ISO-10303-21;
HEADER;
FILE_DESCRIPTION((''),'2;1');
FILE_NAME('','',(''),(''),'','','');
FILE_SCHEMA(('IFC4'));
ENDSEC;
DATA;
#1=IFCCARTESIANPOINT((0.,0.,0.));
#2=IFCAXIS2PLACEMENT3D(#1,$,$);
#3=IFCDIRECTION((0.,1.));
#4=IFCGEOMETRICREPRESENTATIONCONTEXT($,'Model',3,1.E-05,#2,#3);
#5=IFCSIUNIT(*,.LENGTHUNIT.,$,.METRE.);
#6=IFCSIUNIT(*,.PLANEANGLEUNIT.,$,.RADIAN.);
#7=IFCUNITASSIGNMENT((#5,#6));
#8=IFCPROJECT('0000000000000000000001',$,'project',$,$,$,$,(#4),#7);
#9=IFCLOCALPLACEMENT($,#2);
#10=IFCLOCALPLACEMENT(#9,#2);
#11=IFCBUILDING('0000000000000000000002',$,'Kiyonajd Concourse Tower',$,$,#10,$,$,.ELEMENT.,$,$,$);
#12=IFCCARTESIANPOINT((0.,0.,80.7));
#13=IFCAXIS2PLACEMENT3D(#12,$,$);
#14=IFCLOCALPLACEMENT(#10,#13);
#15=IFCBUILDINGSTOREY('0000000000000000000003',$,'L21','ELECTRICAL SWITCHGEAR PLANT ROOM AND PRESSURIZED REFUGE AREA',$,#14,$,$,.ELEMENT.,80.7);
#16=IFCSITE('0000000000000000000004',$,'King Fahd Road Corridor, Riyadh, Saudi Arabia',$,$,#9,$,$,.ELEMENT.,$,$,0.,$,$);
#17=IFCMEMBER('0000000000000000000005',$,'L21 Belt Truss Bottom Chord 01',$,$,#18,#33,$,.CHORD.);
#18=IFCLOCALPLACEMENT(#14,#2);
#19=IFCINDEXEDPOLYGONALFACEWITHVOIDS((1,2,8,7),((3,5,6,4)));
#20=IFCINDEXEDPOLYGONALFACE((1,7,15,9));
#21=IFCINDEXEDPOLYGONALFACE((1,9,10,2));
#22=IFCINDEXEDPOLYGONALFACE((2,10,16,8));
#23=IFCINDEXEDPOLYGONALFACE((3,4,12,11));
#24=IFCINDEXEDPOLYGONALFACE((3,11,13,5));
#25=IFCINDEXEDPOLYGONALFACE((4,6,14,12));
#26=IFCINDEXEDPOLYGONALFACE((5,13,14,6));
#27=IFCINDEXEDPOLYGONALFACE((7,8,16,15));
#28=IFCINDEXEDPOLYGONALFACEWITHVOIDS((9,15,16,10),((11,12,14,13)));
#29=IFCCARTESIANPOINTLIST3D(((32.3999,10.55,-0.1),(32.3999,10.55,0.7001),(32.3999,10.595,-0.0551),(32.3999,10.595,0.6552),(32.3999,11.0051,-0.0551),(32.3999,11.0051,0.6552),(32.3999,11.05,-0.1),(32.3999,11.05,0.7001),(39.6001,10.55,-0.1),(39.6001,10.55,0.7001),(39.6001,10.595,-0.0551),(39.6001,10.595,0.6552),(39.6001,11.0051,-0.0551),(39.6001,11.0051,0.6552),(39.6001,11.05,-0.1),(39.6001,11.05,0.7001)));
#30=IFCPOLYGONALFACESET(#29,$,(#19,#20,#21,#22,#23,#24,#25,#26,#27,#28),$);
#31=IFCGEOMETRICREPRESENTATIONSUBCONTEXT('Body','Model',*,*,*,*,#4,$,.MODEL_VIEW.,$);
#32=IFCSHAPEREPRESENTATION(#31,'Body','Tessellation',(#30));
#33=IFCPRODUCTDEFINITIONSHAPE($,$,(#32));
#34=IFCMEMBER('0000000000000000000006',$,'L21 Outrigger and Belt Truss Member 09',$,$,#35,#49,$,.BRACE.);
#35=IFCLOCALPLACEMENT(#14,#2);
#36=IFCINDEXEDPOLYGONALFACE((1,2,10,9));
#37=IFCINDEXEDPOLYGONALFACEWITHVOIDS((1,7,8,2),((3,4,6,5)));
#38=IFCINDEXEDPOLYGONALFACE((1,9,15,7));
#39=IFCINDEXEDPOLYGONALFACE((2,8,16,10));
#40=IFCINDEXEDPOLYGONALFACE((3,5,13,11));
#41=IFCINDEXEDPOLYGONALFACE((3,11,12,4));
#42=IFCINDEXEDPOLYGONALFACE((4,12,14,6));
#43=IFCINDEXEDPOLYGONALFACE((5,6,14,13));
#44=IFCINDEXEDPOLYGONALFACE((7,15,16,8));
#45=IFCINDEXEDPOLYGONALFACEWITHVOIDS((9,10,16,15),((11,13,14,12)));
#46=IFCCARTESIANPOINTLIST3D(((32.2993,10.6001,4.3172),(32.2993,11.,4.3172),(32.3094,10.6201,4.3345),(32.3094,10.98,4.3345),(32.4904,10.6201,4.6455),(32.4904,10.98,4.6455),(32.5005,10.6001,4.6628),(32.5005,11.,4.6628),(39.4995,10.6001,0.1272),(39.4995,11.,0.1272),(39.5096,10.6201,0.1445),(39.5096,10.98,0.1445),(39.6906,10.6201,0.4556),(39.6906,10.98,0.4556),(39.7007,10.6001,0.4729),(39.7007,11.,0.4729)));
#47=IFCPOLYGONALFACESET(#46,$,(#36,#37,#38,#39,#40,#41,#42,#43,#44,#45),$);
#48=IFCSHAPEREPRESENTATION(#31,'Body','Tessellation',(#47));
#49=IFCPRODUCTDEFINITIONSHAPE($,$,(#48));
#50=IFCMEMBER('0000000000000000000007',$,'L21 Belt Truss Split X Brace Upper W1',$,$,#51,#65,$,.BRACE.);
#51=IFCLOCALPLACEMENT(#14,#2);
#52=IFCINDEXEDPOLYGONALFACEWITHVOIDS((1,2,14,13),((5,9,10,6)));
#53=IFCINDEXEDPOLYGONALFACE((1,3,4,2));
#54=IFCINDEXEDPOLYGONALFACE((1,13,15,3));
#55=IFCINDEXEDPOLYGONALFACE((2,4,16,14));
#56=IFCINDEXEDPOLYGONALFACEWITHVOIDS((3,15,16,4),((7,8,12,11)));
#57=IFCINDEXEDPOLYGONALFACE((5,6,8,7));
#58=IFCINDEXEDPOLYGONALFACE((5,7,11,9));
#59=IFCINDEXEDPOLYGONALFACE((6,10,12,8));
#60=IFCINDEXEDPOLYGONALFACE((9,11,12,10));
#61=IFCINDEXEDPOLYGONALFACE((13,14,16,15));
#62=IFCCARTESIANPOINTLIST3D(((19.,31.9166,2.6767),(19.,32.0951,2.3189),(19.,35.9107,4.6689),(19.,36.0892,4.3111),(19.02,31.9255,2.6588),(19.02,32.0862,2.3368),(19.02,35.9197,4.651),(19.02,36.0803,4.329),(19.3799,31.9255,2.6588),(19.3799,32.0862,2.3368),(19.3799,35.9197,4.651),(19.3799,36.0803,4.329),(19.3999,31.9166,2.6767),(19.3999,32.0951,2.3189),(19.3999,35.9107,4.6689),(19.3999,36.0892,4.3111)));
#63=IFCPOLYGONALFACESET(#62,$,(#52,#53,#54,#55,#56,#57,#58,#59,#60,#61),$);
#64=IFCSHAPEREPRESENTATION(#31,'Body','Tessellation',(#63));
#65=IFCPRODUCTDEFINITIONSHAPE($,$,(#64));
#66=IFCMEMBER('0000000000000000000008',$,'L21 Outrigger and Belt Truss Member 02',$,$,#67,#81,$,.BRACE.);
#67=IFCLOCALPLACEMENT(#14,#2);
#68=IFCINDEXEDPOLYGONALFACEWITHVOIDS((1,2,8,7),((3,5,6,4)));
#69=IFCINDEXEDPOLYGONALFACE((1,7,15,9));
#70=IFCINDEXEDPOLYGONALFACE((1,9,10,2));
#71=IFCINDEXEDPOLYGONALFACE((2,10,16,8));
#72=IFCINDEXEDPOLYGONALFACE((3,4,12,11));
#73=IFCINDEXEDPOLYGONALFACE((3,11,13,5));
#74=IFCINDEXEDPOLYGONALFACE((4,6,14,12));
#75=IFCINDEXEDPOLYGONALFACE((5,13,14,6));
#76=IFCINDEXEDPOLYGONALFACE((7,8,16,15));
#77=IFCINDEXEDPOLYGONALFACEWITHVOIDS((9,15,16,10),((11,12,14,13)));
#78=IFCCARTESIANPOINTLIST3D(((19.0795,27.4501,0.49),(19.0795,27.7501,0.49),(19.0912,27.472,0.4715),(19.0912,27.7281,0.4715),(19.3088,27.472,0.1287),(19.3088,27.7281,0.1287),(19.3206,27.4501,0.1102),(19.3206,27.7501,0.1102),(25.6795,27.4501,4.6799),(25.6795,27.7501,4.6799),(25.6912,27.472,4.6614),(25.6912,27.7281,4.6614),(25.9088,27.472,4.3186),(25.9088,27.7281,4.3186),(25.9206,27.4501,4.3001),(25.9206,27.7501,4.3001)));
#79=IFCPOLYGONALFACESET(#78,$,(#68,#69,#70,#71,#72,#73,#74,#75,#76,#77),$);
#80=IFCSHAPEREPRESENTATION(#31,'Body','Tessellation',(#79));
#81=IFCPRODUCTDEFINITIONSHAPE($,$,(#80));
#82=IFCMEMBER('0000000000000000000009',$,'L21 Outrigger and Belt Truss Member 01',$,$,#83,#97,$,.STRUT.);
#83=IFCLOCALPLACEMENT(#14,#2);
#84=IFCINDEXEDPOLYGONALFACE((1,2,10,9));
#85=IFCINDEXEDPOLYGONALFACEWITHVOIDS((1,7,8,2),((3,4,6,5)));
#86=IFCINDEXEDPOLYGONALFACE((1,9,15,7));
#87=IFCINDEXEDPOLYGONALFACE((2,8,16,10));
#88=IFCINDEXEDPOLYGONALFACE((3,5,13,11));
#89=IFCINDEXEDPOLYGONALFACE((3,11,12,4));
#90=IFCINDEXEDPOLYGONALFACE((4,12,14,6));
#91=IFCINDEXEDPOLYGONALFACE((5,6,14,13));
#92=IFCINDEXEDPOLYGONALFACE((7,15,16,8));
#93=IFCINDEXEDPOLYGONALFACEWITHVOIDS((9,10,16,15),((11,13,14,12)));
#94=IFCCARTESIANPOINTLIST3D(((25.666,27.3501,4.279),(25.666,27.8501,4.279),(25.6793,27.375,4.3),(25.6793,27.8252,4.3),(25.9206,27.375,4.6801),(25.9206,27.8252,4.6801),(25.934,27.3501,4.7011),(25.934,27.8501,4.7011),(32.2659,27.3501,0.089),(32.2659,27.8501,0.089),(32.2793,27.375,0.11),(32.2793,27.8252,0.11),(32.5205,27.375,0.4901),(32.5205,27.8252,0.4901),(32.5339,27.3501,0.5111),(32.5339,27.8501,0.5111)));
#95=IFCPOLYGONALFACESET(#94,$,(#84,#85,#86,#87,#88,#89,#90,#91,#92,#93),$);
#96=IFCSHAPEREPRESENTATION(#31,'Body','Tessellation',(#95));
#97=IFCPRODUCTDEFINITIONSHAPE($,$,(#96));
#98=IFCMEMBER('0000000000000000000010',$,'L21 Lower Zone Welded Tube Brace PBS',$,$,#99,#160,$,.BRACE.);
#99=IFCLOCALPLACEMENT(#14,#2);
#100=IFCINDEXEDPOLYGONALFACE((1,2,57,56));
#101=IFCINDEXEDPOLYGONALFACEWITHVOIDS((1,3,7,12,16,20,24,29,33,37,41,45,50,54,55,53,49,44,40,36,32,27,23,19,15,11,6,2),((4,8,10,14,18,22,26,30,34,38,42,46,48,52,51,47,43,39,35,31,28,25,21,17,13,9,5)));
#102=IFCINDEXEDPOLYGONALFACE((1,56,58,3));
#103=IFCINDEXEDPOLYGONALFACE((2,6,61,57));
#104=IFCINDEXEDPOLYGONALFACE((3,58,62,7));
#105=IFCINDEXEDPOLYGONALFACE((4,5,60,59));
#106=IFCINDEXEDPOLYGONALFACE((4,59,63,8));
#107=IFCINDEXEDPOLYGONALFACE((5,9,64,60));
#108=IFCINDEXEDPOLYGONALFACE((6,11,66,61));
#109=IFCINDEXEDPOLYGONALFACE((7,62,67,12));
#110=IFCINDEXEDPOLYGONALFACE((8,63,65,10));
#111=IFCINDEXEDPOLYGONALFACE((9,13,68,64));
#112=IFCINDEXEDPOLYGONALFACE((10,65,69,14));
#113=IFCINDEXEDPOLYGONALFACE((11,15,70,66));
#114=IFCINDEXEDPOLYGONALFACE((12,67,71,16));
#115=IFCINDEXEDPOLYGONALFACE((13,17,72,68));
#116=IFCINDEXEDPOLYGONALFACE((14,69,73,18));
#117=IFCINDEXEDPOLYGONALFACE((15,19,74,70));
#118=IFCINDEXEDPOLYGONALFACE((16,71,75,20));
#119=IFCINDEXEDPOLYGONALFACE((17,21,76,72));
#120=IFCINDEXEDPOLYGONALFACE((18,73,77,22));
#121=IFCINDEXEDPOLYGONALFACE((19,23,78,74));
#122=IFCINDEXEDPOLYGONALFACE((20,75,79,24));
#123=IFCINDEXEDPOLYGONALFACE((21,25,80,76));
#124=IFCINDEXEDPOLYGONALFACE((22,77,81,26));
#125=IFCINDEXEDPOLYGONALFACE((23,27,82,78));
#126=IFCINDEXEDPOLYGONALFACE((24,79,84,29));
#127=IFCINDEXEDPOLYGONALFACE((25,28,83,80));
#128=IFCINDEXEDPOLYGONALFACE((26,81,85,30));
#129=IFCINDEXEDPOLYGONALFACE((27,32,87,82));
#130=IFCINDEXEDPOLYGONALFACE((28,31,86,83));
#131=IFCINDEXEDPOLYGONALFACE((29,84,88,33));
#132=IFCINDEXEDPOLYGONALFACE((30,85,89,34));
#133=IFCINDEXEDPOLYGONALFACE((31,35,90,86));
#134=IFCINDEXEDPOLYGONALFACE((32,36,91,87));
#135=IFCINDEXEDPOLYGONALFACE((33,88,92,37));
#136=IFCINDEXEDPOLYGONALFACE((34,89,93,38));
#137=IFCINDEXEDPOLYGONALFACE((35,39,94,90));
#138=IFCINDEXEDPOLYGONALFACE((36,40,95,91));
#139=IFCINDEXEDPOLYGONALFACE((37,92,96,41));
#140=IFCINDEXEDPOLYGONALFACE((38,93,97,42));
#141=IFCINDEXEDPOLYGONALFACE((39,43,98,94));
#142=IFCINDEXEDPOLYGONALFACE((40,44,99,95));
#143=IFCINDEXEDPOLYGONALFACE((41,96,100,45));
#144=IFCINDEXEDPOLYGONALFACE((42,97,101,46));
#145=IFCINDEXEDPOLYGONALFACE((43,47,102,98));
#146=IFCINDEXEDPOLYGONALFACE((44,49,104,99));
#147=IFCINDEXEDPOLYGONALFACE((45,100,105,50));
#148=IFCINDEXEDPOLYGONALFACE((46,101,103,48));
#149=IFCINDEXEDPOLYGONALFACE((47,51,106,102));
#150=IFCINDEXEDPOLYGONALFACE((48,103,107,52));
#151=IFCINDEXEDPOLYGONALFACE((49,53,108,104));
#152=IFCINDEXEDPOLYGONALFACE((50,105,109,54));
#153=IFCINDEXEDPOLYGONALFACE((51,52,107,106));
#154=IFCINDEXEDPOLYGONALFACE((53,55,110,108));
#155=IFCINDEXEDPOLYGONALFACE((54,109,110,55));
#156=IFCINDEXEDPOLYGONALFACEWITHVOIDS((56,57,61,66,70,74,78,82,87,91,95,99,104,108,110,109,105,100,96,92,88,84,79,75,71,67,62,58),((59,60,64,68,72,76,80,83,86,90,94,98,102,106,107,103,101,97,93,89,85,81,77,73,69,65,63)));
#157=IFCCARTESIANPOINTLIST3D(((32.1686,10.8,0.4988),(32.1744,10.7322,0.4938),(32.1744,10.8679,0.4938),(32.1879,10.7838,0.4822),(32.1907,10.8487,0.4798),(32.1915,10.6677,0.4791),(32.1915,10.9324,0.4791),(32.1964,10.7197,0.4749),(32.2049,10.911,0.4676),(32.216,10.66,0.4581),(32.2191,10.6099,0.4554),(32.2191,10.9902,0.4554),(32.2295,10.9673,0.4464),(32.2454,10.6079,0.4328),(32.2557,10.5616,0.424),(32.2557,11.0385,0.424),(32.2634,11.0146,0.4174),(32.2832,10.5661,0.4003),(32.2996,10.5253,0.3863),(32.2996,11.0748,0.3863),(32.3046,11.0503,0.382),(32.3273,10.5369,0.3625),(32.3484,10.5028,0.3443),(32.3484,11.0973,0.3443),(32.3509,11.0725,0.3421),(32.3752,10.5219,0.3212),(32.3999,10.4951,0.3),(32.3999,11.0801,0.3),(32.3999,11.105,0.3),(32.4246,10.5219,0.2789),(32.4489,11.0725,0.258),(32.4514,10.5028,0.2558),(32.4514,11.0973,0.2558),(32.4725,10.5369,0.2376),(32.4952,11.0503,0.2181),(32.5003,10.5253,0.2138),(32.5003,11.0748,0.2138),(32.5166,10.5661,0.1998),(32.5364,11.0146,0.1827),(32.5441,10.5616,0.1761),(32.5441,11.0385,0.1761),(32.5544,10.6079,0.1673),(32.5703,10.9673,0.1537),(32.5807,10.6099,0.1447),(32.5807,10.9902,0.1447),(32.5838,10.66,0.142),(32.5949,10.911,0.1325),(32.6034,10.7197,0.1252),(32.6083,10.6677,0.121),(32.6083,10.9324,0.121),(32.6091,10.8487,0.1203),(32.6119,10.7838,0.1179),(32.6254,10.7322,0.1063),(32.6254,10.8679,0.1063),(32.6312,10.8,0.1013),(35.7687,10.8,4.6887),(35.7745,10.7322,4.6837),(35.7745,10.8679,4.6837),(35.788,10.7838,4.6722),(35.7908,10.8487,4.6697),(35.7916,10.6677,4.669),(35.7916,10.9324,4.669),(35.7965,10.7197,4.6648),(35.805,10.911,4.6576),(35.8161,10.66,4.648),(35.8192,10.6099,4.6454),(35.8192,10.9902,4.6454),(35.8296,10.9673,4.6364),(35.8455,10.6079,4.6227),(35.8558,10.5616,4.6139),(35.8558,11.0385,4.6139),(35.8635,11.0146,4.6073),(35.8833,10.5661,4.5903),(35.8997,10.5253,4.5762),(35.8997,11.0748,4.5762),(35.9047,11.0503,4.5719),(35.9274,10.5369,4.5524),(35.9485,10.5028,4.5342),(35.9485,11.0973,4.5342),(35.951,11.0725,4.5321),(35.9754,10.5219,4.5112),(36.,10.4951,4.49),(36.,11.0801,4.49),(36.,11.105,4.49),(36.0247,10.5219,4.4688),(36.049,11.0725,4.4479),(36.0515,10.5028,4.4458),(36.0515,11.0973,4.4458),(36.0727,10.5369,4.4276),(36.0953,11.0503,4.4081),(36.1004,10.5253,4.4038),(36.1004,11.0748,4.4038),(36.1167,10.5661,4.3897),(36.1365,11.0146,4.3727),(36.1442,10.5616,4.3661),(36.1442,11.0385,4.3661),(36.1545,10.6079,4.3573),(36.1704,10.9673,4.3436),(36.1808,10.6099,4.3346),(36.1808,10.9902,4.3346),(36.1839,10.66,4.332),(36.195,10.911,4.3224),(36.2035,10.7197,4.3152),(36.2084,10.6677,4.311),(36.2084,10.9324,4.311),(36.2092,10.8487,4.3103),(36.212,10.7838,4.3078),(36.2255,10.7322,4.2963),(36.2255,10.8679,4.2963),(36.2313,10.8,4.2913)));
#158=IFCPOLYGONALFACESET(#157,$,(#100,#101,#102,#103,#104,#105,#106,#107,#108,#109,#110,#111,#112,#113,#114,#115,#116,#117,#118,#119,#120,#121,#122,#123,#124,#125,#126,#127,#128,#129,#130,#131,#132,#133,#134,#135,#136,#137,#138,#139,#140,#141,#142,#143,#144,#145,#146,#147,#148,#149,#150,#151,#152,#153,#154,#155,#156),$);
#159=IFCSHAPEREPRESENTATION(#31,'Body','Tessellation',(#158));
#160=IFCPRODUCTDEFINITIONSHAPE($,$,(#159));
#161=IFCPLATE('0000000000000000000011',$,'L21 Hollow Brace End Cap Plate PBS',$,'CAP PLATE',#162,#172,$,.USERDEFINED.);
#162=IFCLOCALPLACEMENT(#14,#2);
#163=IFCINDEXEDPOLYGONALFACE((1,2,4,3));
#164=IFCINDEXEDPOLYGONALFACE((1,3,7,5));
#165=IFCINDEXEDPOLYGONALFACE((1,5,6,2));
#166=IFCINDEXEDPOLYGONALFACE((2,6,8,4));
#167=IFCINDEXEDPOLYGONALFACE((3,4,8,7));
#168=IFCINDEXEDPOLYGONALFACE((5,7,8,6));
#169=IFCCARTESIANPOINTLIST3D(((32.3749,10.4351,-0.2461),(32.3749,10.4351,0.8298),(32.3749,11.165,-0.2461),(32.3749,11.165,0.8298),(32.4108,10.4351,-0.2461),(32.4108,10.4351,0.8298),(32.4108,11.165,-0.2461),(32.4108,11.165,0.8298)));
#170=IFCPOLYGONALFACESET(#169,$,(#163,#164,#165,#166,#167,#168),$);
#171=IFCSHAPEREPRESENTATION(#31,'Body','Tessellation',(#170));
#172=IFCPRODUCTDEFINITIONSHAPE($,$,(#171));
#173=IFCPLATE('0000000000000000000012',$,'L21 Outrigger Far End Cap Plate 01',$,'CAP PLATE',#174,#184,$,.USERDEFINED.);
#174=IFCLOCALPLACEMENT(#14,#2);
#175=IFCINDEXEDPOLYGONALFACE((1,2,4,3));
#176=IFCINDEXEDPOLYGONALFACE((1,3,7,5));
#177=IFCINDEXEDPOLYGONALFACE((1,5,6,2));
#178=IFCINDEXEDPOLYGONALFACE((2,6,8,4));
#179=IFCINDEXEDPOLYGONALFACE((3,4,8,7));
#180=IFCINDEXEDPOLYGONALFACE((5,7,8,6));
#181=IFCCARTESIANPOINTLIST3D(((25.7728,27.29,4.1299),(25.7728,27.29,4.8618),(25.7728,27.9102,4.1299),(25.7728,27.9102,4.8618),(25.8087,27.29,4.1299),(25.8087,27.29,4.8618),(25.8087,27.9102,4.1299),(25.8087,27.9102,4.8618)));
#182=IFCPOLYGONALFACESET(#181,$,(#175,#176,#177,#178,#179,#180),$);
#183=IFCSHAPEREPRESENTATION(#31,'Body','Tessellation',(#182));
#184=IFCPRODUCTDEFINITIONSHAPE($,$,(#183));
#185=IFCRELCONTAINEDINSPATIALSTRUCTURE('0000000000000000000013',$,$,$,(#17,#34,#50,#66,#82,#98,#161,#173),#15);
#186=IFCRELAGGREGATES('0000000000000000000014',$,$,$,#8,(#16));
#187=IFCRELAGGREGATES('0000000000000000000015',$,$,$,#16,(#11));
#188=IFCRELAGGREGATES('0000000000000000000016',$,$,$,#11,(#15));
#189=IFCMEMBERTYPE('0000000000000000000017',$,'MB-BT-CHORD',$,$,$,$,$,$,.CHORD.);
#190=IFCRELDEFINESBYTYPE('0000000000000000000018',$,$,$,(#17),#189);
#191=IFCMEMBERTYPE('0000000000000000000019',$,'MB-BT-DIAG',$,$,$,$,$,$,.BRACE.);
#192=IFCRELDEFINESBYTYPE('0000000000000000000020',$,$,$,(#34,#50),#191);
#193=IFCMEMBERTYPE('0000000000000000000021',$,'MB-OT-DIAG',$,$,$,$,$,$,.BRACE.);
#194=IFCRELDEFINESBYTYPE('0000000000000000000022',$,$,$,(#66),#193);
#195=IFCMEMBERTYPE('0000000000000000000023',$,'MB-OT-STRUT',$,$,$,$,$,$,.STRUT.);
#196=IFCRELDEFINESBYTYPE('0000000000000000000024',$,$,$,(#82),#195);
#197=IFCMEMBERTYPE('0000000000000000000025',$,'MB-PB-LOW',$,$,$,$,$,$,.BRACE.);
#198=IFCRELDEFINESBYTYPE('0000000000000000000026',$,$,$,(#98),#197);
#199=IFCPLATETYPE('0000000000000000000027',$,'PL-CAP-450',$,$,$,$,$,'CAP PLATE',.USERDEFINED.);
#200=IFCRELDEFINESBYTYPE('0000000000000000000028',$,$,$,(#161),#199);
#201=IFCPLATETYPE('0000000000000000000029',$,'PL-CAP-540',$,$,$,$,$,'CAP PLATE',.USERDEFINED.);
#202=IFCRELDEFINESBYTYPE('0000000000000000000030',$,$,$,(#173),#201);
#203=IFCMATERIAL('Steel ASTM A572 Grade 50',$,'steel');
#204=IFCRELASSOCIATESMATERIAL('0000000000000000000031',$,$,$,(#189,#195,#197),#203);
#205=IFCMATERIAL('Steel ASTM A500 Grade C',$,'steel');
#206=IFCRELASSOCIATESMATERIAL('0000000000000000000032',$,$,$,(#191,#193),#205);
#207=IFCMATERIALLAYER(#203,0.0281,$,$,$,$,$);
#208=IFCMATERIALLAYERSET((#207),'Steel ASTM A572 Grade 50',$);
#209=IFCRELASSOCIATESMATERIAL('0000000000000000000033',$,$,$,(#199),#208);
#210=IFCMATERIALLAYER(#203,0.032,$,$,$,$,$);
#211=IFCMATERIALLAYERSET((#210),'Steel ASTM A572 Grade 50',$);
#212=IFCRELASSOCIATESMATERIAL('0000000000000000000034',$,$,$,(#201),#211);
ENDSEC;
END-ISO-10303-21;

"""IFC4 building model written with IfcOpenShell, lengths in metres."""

from ifc_helpers import new_model, si_unit, direction, frame, origin, origin_2d, place, context, subcontext, project, spatial, rectangle, hollow_rectangle, hollow_circle, extrude, material, layer, layer_set, material_profile, profile_set, type_object, element, save


model = new_model("IFC4")

# Units and contexts
model_context = context("Model", 3, precision=1e-05, world=origin(), true_north=direction((0.0, 1.0)))
body_context = subcontext(model_context, "Body", "Model", "MODEL_VIEW")
ifc_project = project(units=[si_unit("LENGTHUNIT", "METRE"), si_unit("PLANEANGLEUNIT", "RADIAN")], contexts=[model_context])

# Site, building, storey
site_placement = place(None, origin())
site = spatial("IfcSite", under=ifc_project, at=site_placement, Name="King Fahd Road Corridor, Riyadh, Saudi Arabia", CompositionType="ELEMENT", RefElevation=0.0)
building_placement = place(site_placement, origin())
building = spatial("IfcBuilding", under=site, at=building_placement, Name="Kiyonajd Concourse Tower", CompositionType="ELEMENT")
storey_placement = place(building_placement, frame((0.0, 0.0, 80.7)))
storey = spatial("IfcBuildingStorey", under=building, at=storey_placement, Name="L21", Description="ELECTRICAL SWITCHGEAR PLANT ROOM AND PRESSURIZED REFUGE AREA", CompositionType="ELEMENT", Elevation=80.7)

# Members
ifc_material_1 = material(Name="Steel ASTM A572 Grade 50", Category="steel")
ifc_material_profile_1 = material_profile(ifc_material_1, hollow_rectangle(XDim=0.5, YDim=0.8, WallThickness=0.0449, at=origin_2d()), Name="BOX-800x500x45")
ifc_profile_set_1 = profile_set([ifc_material_profile_1], Name="Steel ASTM A572 Grade 50")
member_type_1 = type_object("IfcMemberType", Name="MB-BT-CHORD", PredefinedType="CHORD", material=ifc_profile_set_1)
member_1_placement = place(storey_placement, frame((32.3999, 10.8, 0.3), z_axis=(1.0, 0.0, 0.0), x_axis=(0.0, 1.0, 0.0)))
element("IfcMember", 1, at=member_1_placement, inside=storey, type_object=member_type_1, Name="L21 Belt Truss Bottom Chord 01", PredefinedType="CHORD", context=body_context, shape_type="SweptSolid", body=[
    extrude(hollow_rectangle(XDim=0.5, YDim=0.8, WallThickness=0.0449, at=origin_2d()), origin(), (0.0, 0.0, 1.0), 7.2002),
])
ifc_material_2 = material(Name="Steel ASTM A500 Grade C", Category="steel")
ifc_material_profile_2 = material_profile(ifc_material_2, hollow_rectangle(XDim=0.3999, YDim=0.3999, WallThickness=0.02, at=origin_2d()), Name="HSS-400x400x20")
ifc_profile_set_2 = profile_set([ifc_material_profile_2], Name="Steel ASTM A500 Grade C")
member_type_2 = type_object("IfcMemberType", Name="MB-BT-DIAG", PredefinedType="BRACE", material=ifc_profile_set_2)
member_2_placement = place(storey_placement, frame((32.3999, 10.8, 4.49), z_axis=(0.86431, 0.0, -0.50296), x_axis=(0.0, 1.0, 0.0)))
element("IfcMember", 2, at=member_2_placement, inside=storey, type_object=member_type_2, Name="L21 Outrigger and Belt Truss Member 09", PredefinedType="BRACE", context=body_context, shape_type="SweptSolid", body=[
    extrude(hollow_rectangle(XDim=0.3999, YDim=0.3999, WallThickness=0.02, at=origin_2d()), origin(), (0.0, 0.0, 1.0), 8.3306),
])
member_3_placement = place(storey_placement, frame((19.2, 32.0059, 2.4978), z_axis=(0.0, 0.894864, 0.446338), x_axis=(-1.0, 0.0, 0.0)))
element("IfcMember", 3, at=member_3_placement, inside=storey, type_object=member_type_2, Name="L21 Belt Truss Split X Brace Upper W1", PredefinedType="BRACE", context=body_context, shape_type="SweptSolid", body=[
    extrude(hollow_rectangle(XDim=0.3999, YDim=0.3999, WallThickness=0.02, at=origin_2d()), origin(), (0.0, 0.0, 1.0), 4.4634),
])
ifc_material_profile_3 = material_profile(ifc_material_2, hollow_rectangle(XDim=0.3, YDim=0.45, WallThickness=0.022, at=origin_2d()), Name="HSS-450x300x22")
ifc_profile_set_3 = profile_set([ifc_material_profile_3], Name="Steel ASTM A500 Grade C")
member_type_3 = type_object("IfcMemberType", Name="MB-OT-DIAG", PredefinedType="BRACE", material=ifc_profile_set_3)
member_4_placement = place(storey_placement, frame((25.8, 27.6001, 4.49), z_axis=(-0.844247, 0.0, -0.535954), x_axis=(0.0, -1.0, 0.0)))
element("IfcMember", 4, at=member_4_placement, inside=storey, type_object=member_type_3, Name="L21 Outrigger and Belt Truss Member 02", PredefinedType="BRACE", context=body_context, shape_type="SweptSolid", body=[
    extrude(hollow_rectangle(XDim=0.3, YDim=0.45, WallThickness=0.022, at=origin_2d()), origin(), (0.0, 0.0, 1.0), 7.8176),
])
ifc_material_profile_4 = material_profile(ifc_material_1, hollow_rectangle(XDim=0.5, YDim=0.5, WallThickness=0.0249, at=origin_2d()), Name="HSS-500x500x25")
ifc_profile_set_4 = profile_set([ifc_material_profile_4], Name="Steel ASTM A572 Grade 50")
member_type_4 = type_object("IfcMemberType", Name="MB-OT-STRUT", PredefinedType="STRUT", material=ifc_profile_set_4)
member_5_placement = place(storey_placement, frame((32.3999, 27.6001, 0.3), z_axis=(-0.844238, 0.0, 0.535968), x_axis=(0.0, -1.0, 0.0)))
element("IfcMember", 5, at=member_5_placement, inside=storey, type_object=member_type_4, Name="L21 Outrigger and Belt Truss Member 01", PredefinedType="STRUT", context=body_context, shape_type="SweptSolid", body=[
    extrude(hollow_rectangle(XDim=0.5, YDim=0.5, WallThickness=0.0249, at=origin_2d()), origin(), (0.0, 0.0, 1.0), 7.8176),
])
ifc_material_profile_5 = material_profile(ifc_material_1, hollow_circle(Radius=0.3049, WallThickness=0.0249, at=origin_2d()), Name="CHS-610x25")
ifc_profile_set_5 = profile_set([ifc_material_profile_5], Name="Steel ASTM A572 Grade 50")
member_type_5 = type_object("IfcMemberType", Name="MB-PB-LOW", PredefinedType="BRACE", material=ifc_profile_set_5)
member_6_placement = place(storey_placement, frame((32.3999, 10.8, 0.3), z_axis=(0.651701, 0.0, 0.758476), x_axis=(0.0, 1.0, 0.0)))
element("IfcMember", 6, at=member_6_placement, inside=storey, type_object=member_type_5, Name="L21 Lower Zone Welded Tube Brace PBS", PredefinedType="BRACE", context=body_context, shape_type="SweptSolid", body=[
    extrude(hollow_circle(Radius=0.3049, WallThickness=0.0249, at=origin_2d()), origin(), (0.0, 0.0, 1.0), 5.5242),
])

# Plates
ifc_layer_1 = layer(ifc_material_1, 0.0281)
ifc_layer_set_1 = layer_set([ifc_layer_1], Name="Steel ASTM A572 Grade 50")
plate_type_1 = type_object("IfcPlateType", Name="PL-CAP-450", ElementType="CAP PLATE", PredefinedType="USERDEFINED", material=ifc_layer_set_1)
plate_1_placement = place(storey_placement, frame((32.3928, 10.8, -0.2461), z_axis=(0.0, 0.0, 1.0), x_axis=(-1.0, 0.0, 0.0)))
element("IfcPlate", 7, at=plate_1_placement, inside=storey, type_object=plate_type_1, Name="L21 Hollow Brace End Cap Plate PBS", ObjectType="CAP PLATE", PredefinedType="USERDEFINED", context=body_context, shape_type="SweptSolid", body=[
    extrude(rectangle(XDim=0.0359, YDim=0.73, at=origin_2d()), origin(), (0.0, 0.0, 1.0), 1.0759),
])
ifc_layer_2 = layer(ifc_material_1, 0.032)
ifc_layer_set_2 = layer_set([ifc_layer_2], Name="Steel ASTM A572 Grade 50")
plate_type_2 = type_object("IfcPlateType", Name="PL-CAP-540", ElementType="CAP PLATE", PredefinedType="USERDEFINED", material=ifc_layer_set_2)
plate_2_placement = place(storey_placement, frame((25.7908, 27.6001, 4.1299), z_axis=(0.0, 0.0, 1.0), x_axis=(-1.0, 0.0, 0.0)))
element("IfcPlate", 8, at=plate_2_placement, inside=storey, type_object=plate_type_2, Name="L21 Outrigger Far End Cap Plate 01", ObjectType="CAP PLATE", PredefinedType="USERDEFINED", context=body_context, shape_type="SweptSolid", body=[
    extrude(rectangle(XDim=0.0359, YDim=0.6201, at=origin_2d()), origin(), (0.0, 0.0, 1.0), 0.7319),
])

save(model, "model.ifc")
